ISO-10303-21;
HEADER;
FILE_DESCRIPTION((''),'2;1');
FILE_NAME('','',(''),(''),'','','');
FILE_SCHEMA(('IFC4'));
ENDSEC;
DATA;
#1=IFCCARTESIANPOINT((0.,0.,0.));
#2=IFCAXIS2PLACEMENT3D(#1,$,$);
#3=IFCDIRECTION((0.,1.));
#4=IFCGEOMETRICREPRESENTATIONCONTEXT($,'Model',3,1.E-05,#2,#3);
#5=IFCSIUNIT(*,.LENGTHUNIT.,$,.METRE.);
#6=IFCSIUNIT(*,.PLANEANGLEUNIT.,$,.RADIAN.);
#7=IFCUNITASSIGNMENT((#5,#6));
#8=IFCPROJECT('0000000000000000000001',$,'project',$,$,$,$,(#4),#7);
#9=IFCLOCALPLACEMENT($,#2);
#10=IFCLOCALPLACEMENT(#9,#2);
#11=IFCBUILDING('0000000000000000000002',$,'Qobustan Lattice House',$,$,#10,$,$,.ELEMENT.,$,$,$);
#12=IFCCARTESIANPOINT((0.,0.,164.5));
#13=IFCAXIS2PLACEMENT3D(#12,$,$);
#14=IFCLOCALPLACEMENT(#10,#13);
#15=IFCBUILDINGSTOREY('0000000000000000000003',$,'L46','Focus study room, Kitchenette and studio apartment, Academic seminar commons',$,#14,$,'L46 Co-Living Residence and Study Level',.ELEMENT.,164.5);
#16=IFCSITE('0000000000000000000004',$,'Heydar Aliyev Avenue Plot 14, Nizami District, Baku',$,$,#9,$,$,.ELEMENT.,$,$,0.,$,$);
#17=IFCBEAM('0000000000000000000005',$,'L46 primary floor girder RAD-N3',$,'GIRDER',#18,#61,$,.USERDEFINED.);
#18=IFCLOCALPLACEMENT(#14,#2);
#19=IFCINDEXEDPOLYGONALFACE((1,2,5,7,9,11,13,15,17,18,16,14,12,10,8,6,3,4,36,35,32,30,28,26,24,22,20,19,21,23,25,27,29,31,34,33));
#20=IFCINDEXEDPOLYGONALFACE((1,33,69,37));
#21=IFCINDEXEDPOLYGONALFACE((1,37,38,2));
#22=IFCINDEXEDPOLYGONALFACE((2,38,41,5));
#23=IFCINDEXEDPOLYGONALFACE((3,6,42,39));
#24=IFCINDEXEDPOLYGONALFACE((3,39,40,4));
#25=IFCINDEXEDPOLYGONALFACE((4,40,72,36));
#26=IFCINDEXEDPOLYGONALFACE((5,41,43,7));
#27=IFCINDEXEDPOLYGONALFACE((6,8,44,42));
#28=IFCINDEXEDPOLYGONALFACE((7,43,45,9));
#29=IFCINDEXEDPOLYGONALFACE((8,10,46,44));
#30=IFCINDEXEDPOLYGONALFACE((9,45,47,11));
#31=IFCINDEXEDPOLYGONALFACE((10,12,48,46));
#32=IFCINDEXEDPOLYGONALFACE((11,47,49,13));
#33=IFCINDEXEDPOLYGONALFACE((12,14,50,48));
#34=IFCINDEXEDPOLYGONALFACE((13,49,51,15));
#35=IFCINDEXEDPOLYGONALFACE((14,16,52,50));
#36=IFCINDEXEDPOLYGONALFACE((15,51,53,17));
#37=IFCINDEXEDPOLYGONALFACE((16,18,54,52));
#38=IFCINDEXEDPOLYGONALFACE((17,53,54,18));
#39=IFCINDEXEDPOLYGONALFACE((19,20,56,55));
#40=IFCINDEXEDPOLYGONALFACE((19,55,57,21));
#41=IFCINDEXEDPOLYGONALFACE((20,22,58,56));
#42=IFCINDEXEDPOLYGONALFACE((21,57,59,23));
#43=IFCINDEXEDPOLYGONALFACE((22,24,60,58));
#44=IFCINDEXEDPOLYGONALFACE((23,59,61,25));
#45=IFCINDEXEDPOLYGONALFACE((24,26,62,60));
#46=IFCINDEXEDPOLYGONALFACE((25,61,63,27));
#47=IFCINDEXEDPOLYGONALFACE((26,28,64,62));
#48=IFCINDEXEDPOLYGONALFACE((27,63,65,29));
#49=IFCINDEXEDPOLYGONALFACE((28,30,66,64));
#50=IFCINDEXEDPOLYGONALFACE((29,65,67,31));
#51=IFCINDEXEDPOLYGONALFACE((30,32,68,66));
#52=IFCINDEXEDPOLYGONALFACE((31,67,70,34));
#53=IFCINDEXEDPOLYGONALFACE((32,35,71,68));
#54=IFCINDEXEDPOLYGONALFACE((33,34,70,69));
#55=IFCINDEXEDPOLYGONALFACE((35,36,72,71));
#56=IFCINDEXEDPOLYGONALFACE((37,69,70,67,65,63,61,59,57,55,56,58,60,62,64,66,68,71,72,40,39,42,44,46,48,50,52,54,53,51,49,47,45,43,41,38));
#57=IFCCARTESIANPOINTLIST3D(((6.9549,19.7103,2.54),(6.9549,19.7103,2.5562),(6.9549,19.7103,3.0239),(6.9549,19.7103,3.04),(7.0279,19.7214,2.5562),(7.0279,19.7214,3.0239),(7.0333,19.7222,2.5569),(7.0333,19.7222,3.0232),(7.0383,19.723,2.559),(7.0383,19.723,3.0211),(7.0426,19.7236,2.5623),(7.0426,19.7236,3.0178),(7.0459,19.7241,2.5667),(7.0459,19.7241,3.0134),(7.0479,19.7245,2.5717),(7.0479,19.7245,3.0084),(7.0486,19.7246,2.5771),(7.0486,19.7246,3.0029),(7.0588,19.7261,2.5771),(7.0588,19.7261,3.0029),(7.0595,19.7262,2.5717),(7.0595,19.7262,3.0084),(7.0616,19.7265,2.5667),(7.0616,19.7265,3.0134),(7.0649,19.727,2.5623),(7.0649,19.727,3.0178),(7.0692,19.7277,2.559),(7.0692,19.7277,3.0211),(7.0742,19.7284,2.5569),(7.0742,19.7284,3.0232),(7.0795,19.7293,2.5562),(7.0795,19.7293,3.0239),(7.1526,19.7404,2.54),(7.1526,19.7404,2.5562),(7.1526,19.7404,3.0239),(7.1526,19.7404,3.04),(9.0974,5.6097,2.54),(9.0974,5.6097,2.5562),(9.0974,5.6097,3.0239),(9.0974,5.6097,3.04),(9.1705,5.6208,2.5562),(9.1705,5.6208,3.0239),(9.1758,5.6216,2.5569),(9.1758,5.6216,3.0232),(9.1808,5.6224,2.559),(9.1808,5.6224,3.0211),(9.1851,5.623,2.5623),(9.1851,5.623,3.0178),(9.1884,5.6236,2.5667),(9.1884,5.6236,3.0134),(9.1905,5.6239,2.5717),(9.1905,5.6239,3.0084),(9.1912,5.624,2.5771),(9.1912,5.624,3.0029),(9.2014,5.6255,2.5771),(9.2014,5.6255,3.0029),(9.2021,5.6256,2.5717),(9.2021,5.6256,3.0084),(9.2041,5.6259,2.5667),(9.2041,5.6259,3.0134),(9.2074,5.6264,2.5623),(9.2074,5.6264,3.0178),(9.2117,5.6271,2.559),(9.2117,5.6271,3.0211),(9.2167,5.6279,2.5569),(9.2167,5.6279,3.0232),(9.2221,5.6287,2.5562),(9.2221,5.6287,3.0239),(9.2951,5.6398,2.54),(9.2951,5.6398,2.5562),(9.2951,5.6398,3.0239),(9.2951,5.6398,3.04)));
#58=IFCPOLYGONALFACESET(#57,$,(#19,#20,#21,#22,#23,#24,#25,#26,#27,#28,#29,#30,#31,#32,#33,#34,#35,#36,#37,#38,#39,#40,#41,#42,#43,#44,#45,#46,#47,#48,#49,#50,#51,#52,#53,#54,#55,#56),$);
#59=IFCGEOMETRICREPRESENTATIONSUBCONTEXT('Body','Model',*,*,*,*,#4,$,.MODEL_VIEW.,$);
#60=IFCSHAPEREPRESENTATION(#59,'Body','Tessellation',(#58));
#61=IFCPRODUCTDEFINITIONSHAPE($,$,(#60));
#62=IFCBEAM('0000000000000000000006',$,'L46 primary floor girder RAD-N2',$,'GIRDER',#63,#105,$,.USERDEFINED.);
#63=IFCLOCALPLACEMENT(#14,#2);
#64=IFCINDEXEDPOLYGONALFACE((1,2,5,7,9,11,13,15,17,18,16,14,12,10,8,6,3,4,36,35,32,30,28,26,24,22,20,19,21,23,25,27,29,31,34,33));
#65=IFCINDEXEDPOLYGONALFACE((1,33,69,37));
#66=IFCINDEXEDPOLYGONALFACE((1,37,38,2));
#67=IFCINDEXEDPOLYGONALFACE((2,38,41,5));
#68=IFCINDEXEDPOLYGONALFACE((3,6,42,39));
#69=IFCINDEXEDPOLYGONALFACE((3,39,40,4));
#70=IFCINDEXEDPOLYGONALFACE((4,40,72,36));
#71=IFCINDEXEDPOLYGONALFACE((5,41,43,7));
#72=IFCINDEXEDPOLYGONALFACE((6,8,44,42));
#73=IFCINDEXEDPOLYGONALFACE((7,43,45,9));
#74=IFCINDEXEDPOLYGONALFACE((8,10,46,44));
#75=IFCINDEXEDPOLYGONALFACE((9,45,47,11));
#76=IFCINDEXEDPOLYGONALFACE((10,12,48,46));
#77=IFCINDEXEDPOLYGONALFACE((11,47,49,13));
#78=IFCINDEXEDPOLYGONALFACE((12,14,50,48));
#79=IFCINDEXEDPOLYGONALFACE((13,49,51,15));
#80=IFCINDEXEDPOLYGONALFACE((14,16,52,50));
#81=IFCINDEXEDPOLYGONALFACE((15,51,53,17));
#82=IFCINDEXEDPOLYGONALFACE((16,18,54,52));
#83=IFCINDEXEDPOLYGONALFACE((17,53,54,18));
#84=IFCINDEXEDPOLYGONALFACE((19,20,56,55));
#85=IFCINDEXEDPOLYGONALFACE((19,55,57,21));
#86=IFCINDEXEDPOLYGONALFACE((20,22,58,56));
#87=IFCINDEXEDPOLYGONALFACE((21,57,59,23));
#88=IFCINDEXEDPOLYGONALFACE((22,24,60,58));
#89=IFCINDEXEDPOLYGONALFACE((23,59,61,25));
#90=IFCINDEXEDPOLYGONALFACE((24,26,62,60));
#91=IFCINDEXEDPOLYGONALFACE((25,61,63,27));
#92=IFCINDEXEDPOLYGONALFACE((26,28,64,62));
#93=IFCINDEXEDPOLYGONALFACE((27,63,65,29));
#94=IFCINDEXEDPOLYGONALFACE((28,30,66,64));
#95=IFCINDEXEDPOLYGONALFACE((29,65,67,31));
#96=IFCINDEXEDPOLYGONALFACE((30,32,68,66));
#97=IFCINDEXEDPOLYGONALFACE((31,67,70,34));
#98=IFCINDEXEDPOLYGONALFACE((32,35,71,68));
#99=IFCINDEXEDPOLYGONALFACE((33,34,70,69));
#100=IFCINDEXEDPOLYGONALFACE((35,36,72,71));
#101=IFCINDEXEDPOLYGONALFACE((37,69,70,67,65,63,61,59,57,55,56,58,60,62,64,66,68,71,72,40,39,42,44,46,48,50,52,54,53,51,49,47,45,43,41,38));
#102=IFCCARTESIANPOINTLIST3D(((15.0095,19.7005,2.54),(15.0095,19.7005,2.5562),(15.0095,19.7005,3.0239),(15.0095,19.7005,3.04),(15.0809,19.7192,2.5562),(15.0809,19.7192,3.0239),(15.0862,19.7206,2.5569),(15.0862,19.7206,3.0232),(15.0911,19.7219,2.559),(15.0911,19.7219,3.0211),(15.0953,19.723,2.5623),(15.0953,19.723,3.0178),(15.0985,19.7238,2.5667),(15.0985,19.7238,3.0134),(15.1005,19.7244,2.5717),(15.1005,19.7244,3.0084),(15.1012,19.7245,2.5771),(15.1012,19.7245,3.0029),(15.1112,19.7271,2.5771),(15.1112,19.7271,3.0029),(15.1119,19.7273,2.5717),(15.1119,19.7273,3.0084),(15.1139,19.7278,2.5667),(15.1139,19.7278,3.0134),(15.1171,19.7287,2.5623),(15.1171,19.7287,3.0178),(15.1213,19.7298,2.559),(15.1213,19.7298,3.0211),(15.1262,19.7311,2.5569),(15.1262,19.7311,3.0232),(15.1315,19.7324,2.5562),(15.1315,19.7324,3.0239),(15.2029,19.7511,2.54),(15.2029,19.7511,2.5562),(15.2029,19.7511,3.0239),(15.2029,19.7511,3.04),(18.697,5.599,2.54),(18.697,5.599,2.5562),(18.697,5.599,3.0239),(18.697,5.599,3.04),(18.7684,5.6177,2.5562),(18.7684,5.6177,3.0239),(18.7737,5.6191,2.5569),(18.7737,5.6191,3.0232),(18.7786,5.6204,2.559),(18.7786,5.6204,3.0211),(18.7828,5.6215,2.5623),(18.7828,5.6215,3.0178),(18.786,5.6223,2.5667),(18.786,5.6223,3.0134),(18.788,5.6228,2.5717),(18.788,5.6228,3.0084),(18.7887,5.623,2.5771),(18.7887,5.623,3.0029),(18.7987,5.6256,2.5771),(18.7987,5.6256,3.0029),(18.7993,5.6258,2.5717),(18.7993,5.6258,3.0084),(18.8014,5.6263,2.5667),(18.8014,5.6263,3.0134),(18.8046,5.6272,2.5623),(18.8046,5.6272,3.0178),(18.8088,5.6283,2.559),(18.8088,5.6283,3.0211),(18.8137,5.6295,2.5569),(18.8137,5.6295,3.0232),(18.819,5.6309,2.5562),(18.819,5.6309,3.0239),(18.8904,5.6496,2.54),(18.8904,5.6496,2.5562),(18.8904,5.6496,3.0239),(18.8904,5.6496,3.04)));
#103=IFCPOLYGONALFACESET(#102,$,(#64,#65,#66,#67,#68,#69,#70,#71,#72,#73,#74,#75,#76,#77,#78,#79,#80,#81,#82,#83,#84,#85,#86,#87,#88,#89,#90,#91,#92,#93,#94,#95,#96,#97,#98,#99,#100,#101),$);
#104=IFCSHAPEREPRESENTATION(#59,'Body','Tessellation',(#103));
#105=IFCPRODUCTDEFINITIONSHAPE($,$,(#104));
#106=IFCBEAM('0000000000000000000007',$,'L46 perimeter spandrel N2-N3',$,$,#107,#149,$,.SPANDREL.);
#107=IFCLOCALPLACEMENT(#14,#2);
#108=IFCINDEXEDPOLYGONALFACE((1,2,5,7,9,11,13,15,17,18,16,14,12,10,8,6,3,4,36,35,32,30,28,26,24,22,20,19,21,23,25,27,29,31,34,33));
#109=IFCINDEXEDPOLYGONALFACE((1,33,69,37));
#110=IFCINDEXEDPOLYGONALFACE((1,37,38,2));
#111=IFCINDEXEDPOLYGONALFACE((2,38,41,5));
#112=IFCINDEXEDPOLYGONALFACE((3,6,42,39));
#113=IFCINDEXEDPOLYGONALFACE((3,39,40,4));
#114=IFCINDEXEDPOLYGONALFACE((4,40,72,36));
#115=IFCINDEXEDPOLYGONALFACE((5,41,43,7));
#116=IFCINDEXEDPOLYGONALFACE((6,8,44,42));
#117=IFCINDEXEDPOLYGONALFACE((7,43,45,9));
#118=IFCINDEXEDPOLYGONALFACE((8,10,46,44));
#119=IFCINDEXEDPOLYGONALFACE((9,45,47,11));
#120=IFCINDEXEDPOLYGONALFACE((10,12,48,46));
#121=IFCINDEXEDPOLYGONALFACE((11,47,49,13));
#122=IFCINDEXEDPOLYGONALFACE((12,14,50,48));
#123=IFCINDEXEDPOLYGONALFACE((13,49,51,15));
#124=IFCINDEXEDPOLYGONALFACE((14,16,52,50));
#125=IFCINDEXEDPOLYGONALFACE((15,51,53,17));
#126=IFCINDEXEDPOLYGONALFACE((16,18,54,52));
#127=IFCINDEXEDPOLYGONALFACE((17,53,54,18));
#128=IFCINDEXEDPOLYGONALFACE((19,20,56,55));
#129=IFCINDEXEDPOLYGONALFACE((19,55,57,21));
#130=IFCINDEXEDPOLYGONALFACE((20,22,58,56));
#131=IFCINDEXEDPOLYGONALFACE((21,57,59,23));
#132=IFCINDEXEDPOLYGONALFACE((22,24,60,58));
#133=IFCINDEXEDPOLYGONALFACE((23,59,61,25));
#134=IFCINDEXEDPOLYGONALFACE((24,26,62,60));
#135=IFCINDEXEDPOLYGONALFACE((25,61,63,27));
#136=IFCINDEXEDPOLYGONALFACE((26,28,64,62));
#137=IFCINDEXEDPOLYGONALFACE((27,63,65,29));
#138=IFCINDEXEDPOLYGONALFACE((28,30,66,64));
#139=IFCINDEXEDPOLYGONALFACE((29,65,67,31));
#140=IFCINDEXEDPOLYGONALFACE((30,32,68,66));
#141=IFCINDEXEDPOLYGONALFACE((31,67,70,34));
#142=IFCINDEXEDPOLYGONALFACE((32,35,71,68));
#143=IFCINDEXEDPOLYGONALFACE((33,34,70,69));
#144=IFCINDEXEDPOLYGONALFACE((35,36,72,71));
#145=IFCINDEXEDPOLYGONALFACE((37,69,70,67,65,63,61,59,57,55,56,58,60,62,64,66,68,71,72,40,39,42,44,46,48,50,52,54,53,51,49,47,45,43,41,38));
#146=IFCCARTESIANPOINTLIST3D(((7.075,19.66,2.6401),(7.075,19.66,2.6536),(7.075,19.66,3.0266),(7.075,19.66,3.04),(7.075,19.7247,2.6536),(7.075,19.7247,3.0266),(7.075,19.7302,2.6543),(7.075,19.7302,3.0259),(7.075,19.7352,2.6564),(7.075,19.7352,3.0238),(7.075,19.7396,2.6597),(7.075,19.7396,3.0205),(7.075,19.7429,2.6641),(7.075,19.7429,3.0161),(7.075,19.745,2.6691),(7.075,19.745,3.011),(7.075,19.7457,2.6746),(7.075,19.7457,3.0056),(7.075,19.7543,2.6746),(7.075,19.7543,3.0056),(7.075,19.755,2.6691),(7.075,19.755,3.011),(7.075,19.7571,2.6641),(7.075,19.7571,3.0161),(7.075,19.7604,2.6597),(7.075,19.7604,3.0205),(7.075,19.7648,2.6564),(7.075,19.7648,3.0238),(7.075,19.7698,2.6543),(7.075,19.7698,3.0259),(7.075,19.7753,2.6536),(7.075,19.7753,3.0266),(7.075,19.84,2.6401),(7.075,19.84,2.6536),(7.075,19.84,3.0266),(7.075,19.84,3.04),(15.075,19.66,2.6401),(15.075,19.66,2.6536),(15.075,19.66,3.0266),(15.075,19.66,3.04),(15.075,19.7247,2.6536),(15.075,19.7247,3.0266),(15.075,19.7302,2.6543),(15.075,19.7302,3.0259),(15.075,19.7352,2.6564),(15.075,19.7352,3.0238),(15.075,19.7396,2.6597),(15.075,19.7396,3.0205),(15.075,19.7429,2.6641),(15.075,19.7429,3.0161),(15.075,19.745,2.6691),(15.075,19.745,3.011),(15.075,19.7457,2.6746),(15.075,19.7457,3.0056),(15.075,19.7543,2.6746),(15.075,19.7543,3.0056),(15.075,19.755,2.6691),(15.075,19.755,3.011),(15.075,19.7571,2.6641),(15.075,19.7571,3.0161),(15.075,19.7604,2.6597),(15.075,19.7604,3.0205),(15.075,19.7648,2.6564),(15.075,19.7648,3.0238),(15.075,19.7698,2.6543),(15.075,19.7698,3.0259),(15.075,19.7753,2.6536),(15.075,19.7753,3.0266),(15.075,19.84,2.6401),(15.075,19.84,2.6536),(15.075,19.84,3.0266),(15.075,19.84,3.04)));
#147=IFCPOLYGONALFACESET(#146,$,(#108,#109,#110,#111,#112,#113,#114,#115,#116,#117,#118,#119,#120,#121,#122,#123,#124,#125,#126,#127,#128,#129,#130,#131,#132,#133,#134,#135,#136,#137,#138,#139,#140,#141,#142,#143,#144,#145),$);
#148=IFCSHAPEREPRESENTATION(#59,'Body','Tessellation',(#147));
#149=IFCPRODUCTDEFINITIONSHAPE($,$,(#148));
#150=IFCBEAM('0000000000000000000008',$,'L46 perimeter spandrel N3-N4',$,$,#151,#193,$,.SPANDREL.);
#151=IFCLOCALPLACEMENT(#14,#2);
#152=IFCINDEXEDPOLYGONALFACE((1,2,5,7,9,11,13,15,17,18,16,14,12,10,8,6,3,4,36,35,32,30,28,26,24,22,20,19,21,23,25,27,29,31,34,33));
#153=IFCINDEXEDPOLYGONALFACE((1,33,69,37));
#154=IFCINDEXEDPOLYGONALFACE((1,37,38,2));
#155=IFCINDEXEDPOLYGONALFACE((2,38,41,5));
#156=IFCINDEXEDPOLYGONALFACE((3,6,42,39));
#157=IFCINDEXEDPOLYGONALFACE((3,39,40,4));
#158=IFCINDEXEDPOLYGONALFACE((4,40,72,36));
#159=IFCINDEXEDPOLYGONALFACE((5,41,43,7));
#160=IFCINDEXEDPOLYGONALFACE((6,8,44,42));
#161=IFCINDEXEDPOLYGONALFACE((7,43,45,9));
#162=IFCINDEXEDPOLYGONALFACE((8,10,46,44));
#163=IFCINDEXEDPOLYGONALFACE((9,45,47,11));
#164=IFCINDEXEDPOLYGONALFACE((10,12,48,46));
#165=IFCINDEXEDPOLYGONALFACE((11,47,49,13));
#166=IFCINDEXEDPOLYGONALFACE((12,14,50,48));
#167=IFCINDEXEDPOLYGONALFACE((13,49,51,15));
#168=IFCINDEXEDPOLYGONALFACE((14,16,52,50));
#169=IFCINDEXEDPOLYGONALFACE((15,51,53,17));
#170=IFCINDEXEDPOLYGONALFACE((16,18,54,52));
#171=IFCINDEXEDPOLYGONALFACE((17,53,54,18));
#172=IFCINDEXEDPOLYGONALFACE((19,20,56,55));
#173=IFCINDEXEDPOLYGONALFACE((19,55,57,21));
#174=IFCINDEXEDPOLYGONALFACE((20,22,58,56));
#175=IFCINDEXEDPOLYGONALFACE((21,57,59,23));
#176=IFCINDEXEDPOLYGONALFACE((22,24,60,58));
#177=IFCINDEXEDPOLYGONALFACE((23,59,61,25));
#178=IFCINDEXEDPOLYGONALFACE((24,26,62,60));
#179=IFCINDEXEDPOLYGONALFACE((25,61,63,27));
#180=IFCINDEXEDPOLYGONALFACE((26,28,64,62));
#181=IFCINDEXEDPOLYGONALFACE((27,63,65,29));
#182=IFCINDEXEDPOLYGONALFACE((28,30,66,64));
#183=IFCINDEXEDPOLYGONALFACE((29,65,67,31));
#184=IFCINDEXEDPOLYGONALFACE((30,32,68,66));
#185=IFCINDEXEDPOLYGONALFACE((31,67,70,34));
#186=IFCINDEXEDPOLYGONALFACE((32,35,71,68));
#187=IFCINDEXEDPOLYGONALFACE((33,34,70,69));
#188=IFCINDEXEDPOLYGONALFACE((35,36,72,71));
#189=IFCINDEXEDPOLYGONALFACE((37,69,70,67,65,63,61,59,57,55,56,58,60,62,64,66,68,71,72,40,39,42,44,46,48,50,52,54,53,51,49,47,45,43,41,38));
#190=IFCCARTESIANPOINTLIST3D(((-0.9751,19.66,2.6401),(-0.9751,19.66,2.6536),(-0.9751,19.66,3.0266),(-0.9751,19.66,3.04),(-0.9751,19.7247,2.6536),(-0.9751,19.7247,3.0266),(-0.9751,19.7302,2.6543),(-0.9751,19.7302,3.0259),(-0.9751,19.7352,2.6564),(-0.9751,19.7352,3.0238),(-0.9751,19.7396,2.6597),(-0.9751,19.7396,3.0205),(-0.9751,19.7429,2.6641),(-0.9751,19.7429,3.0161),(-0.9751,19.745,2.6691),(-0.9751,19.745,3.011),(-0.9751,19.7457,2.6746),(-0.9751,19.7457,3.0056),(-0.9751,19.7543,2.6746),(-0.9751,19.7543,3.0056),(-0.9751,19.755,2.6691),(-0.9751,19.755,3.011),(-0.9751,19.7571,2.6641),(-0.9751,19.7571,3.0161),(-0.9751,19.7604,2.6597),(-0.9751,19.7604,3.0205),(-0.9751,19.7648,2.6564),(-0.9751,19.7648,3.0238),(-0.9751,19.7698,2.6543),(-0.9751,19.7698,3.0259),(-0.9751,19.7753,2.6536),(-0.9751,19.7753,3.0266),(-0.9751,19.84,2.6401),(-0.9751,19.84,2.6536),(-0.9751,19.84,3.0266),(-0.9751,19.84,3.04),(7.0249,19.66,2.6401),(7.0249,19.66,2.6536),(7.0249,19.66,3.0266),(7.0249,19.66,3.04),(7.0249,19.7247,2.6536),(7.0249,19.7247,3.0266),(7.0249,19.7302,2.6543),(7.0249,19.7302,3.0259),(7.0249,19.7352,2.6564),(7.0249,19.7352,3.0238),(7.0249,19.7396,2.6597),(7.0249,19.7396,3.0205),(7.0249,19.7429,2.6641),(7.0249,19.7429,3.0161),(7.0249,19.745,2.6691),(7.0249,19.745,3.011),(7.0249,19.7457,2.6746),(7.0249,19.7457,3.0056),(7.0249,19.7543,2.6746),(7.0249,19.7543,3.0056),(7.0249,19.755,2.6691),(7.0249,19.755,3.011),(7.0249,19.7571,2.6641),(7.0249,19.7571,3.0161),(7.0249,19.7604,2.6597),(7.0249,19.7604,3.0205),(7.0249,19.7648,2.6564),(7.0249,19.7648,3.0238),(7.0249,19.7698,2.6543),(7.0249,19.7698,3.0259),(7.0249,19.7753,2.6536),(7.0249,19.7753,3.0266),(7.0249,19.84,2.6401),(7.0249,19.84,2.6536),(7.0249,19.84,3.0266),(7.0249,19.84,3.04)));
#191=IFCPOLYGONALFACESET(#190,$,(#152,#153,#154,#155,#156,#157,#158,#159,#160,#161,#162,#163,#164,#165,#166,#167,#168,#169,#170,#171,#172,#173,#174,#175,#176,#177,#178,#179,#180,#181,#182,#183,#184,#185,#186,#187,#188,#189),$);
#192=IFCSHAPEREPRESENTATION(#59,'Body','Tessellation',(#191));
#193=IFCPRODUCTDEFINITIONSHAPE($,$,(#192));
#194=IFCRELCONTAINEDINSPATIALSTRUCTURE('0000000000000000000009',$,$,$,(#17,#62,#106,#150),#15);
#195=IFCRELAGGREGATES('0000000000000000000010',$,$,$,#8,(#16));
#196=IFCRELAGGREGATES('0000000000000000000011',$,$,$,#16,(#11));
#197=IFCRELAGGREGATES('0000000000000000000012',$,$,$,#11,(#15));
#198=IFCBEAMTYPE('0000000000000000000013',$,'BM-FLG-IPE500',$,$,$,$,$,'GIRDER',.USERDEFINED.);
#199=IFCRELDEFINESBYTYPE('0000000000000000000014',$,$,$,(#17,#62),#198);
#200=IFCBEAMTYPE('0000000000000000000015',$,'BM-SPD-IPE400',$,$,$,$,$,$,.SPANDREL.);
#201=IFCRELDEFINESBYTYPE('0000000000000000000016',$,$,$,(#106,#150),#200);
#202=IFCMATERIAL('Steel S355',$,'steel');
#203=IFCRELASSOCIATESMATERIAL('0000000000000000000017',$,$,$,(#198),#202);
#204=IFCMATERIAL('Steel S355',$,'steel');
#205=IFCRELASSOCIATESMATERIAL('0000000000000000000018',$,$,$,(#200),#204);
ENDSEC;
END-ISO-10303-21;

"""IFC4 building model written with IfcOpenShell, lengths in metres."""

from ifc_helpers import new_model, si_unit, direction, frame, origin, origin_2d, place, context, subcontext, project, spatial, i_section, extrude, material, material_profile, profile_set, type_object, element, save


model = new_model("IFC4")

# Units and contexts
model_context = context("Model", 3, precision=1e-05, world=origin(), true_north=direction((0.0, 1.0)))
body_context = subcontext(model_context, "Body", "Model", "MODEL_VIEW")
ifc_project = project(units=[si_unit("LENGTHUNIT", "METRE"), si_unit("PLANEANGLEUNIT", "RADIAN")], contexts=[model_context])

# Site, building, storey
site_placement = place(None, origin())
site = spatial("IfcSite", under=ifc_project, at=site_placement, Name="Heydar Aliyev Avenue Plot 14, Nizami District, Baku", CompositionType="ELEMENT", RefElevation=0.0)
building_placement = place(site_placement, origin())
building = spatial("IfcBuilding", under=site, at=building_placement, Name="Qobustan Lattice House", CompositionType="ELEMENT")
storey_placement = place(building_placement, frame((0.0, 0.0, 164.5)))
storey = spatial("IfcBuildingStorey", under=building, at=storey_placement, Name="L46", Description="Focus study room, Kitchenette and studio apartment, Academic seminar commons", LongName="L46 Co-Living Residence and Study Level", CompositionType="ELEMENT", Elevation=164.5)

# Beams
ifc_material_1 = material(Name="Steel S355", Category="steel")
ifc_material_profile_1 = material_profile(ifc_material_1, i_section(OverallWidth=0.2, OverallDepth=0.5, WebThickness=0.0103, FlangeThickness=0.0161, FilletRadius=0.021, at=origin_2d()), Name="IPE500")
ifc_profile_set_1 = profile_set([ifc_material_profile_1], Name="Steel S355")
beam_type_1 = type_object("IfcBeamType", Name="BM-FLG-IPE500", ElementType="GIRDER", PredefinedType="USERDEFINED", material=ifc_profile_set_1)
beam_1_placement = place(storey_placement, frame((7.0537, 19.7253, 2.79), z_axis=(0.150225, -0.988652, 0.0), x_axis=(0.988652, 0.150225, 0.0)))
element("IfcBeam", 1, at=beam_1_placement, inside=storey, type_object=beam_type_1, Name="L46 primary floor girder RAD-N3", ObjectType="GIRDER", PredefinedType="USERDEFINED", context=body_context, shape_type="SweptSolid", body=[
    extrude(i_section(OverallWidth=0.2, OverallDepth=0.5, WebThickness=0.0103, FlangeThickness=0.0161, FilletRadius=0.021, at=origin_2d()), origin(), (0.0, 0.0, 1.0), 14.2625),
])
beam_2_placement = place(storey_placement, frame((15.1062, 19.7258, 2.79), z_axis=(0.252989, -0.967469, 0.0), x_axis=(0.967469, 0.252989, 0.0)))
element("IfcBeam", 2, at=beam_2_placement, inside=storey, type_object=beam_type_1, Name="L46 primary floor girder RAD-N2", ObjectType="GIRDER", PredefinedType="USERDEFINED", context=body_context, shape_type="SweptSolid", body=[
    extrude(i_section(OverallWidth=0.2, OverallDepth=0.5, WebThickness=0.0103, FlangeThickness=0.0161, FilletRadius=0.021, at=origin_2d()), origin(), (0.0, 0.0, 1.0), 14.5757),
])
ifc_material_2 = material(Name="Steel S355", Category="steel")
ifc_material_profile_2 = material_profile(ifc_material_2, i_section(OverallWidth=0.1799, OverallDepth=0.3999, WebThickness=0.0085, FlangeThickness=0.0134, FilletRadius=0.021, at=origin_2d()), Name="IPE400")
ifc_profile_set_2 = profile_set([ifc_material_profile_2], Name="Steel S355")
beam_type_2 = type_object("IfcBeamType", Name="BM-SPD-IPE400", PredefinedType="SPANDREL", material=ifc_profile_set_2)
for number, where, z_axis, x_axis, name in (
    (3, (15.075, 19.75, 2.8401), (-1.0, 0.0, 0.0), (0.0, -1.0, 0.0), "L46 perimeter spandrel N2-N3"),
    (4, (7.0249, 19.75, 2.8401), (-1.0, 0.0, 0.0), (0.0, -1.0, 0.0), "L46 perimeter spandrel N3-N4"),
):
    element("IfcBeam", number, at=place(storey_placement, frame(where, z_axis=z_axis, x_axis=x_axis)), inside=storey, type_object=beam_type_2, Name=name, PredefinedType="SPANDREL", context=body_context, shape_type="SweptSolid", body=[
        extrude(i_section(OverallWidth=0.1799, OverallDepth=0.3999, WebThickness=0.0085, FlangeThickness=0.0134, FilletRadius=0.021, at=origin_2d()), origin(), (0.0, 0.0, 1.0), 8.0),
    ])

save(model, "model.ifc")
